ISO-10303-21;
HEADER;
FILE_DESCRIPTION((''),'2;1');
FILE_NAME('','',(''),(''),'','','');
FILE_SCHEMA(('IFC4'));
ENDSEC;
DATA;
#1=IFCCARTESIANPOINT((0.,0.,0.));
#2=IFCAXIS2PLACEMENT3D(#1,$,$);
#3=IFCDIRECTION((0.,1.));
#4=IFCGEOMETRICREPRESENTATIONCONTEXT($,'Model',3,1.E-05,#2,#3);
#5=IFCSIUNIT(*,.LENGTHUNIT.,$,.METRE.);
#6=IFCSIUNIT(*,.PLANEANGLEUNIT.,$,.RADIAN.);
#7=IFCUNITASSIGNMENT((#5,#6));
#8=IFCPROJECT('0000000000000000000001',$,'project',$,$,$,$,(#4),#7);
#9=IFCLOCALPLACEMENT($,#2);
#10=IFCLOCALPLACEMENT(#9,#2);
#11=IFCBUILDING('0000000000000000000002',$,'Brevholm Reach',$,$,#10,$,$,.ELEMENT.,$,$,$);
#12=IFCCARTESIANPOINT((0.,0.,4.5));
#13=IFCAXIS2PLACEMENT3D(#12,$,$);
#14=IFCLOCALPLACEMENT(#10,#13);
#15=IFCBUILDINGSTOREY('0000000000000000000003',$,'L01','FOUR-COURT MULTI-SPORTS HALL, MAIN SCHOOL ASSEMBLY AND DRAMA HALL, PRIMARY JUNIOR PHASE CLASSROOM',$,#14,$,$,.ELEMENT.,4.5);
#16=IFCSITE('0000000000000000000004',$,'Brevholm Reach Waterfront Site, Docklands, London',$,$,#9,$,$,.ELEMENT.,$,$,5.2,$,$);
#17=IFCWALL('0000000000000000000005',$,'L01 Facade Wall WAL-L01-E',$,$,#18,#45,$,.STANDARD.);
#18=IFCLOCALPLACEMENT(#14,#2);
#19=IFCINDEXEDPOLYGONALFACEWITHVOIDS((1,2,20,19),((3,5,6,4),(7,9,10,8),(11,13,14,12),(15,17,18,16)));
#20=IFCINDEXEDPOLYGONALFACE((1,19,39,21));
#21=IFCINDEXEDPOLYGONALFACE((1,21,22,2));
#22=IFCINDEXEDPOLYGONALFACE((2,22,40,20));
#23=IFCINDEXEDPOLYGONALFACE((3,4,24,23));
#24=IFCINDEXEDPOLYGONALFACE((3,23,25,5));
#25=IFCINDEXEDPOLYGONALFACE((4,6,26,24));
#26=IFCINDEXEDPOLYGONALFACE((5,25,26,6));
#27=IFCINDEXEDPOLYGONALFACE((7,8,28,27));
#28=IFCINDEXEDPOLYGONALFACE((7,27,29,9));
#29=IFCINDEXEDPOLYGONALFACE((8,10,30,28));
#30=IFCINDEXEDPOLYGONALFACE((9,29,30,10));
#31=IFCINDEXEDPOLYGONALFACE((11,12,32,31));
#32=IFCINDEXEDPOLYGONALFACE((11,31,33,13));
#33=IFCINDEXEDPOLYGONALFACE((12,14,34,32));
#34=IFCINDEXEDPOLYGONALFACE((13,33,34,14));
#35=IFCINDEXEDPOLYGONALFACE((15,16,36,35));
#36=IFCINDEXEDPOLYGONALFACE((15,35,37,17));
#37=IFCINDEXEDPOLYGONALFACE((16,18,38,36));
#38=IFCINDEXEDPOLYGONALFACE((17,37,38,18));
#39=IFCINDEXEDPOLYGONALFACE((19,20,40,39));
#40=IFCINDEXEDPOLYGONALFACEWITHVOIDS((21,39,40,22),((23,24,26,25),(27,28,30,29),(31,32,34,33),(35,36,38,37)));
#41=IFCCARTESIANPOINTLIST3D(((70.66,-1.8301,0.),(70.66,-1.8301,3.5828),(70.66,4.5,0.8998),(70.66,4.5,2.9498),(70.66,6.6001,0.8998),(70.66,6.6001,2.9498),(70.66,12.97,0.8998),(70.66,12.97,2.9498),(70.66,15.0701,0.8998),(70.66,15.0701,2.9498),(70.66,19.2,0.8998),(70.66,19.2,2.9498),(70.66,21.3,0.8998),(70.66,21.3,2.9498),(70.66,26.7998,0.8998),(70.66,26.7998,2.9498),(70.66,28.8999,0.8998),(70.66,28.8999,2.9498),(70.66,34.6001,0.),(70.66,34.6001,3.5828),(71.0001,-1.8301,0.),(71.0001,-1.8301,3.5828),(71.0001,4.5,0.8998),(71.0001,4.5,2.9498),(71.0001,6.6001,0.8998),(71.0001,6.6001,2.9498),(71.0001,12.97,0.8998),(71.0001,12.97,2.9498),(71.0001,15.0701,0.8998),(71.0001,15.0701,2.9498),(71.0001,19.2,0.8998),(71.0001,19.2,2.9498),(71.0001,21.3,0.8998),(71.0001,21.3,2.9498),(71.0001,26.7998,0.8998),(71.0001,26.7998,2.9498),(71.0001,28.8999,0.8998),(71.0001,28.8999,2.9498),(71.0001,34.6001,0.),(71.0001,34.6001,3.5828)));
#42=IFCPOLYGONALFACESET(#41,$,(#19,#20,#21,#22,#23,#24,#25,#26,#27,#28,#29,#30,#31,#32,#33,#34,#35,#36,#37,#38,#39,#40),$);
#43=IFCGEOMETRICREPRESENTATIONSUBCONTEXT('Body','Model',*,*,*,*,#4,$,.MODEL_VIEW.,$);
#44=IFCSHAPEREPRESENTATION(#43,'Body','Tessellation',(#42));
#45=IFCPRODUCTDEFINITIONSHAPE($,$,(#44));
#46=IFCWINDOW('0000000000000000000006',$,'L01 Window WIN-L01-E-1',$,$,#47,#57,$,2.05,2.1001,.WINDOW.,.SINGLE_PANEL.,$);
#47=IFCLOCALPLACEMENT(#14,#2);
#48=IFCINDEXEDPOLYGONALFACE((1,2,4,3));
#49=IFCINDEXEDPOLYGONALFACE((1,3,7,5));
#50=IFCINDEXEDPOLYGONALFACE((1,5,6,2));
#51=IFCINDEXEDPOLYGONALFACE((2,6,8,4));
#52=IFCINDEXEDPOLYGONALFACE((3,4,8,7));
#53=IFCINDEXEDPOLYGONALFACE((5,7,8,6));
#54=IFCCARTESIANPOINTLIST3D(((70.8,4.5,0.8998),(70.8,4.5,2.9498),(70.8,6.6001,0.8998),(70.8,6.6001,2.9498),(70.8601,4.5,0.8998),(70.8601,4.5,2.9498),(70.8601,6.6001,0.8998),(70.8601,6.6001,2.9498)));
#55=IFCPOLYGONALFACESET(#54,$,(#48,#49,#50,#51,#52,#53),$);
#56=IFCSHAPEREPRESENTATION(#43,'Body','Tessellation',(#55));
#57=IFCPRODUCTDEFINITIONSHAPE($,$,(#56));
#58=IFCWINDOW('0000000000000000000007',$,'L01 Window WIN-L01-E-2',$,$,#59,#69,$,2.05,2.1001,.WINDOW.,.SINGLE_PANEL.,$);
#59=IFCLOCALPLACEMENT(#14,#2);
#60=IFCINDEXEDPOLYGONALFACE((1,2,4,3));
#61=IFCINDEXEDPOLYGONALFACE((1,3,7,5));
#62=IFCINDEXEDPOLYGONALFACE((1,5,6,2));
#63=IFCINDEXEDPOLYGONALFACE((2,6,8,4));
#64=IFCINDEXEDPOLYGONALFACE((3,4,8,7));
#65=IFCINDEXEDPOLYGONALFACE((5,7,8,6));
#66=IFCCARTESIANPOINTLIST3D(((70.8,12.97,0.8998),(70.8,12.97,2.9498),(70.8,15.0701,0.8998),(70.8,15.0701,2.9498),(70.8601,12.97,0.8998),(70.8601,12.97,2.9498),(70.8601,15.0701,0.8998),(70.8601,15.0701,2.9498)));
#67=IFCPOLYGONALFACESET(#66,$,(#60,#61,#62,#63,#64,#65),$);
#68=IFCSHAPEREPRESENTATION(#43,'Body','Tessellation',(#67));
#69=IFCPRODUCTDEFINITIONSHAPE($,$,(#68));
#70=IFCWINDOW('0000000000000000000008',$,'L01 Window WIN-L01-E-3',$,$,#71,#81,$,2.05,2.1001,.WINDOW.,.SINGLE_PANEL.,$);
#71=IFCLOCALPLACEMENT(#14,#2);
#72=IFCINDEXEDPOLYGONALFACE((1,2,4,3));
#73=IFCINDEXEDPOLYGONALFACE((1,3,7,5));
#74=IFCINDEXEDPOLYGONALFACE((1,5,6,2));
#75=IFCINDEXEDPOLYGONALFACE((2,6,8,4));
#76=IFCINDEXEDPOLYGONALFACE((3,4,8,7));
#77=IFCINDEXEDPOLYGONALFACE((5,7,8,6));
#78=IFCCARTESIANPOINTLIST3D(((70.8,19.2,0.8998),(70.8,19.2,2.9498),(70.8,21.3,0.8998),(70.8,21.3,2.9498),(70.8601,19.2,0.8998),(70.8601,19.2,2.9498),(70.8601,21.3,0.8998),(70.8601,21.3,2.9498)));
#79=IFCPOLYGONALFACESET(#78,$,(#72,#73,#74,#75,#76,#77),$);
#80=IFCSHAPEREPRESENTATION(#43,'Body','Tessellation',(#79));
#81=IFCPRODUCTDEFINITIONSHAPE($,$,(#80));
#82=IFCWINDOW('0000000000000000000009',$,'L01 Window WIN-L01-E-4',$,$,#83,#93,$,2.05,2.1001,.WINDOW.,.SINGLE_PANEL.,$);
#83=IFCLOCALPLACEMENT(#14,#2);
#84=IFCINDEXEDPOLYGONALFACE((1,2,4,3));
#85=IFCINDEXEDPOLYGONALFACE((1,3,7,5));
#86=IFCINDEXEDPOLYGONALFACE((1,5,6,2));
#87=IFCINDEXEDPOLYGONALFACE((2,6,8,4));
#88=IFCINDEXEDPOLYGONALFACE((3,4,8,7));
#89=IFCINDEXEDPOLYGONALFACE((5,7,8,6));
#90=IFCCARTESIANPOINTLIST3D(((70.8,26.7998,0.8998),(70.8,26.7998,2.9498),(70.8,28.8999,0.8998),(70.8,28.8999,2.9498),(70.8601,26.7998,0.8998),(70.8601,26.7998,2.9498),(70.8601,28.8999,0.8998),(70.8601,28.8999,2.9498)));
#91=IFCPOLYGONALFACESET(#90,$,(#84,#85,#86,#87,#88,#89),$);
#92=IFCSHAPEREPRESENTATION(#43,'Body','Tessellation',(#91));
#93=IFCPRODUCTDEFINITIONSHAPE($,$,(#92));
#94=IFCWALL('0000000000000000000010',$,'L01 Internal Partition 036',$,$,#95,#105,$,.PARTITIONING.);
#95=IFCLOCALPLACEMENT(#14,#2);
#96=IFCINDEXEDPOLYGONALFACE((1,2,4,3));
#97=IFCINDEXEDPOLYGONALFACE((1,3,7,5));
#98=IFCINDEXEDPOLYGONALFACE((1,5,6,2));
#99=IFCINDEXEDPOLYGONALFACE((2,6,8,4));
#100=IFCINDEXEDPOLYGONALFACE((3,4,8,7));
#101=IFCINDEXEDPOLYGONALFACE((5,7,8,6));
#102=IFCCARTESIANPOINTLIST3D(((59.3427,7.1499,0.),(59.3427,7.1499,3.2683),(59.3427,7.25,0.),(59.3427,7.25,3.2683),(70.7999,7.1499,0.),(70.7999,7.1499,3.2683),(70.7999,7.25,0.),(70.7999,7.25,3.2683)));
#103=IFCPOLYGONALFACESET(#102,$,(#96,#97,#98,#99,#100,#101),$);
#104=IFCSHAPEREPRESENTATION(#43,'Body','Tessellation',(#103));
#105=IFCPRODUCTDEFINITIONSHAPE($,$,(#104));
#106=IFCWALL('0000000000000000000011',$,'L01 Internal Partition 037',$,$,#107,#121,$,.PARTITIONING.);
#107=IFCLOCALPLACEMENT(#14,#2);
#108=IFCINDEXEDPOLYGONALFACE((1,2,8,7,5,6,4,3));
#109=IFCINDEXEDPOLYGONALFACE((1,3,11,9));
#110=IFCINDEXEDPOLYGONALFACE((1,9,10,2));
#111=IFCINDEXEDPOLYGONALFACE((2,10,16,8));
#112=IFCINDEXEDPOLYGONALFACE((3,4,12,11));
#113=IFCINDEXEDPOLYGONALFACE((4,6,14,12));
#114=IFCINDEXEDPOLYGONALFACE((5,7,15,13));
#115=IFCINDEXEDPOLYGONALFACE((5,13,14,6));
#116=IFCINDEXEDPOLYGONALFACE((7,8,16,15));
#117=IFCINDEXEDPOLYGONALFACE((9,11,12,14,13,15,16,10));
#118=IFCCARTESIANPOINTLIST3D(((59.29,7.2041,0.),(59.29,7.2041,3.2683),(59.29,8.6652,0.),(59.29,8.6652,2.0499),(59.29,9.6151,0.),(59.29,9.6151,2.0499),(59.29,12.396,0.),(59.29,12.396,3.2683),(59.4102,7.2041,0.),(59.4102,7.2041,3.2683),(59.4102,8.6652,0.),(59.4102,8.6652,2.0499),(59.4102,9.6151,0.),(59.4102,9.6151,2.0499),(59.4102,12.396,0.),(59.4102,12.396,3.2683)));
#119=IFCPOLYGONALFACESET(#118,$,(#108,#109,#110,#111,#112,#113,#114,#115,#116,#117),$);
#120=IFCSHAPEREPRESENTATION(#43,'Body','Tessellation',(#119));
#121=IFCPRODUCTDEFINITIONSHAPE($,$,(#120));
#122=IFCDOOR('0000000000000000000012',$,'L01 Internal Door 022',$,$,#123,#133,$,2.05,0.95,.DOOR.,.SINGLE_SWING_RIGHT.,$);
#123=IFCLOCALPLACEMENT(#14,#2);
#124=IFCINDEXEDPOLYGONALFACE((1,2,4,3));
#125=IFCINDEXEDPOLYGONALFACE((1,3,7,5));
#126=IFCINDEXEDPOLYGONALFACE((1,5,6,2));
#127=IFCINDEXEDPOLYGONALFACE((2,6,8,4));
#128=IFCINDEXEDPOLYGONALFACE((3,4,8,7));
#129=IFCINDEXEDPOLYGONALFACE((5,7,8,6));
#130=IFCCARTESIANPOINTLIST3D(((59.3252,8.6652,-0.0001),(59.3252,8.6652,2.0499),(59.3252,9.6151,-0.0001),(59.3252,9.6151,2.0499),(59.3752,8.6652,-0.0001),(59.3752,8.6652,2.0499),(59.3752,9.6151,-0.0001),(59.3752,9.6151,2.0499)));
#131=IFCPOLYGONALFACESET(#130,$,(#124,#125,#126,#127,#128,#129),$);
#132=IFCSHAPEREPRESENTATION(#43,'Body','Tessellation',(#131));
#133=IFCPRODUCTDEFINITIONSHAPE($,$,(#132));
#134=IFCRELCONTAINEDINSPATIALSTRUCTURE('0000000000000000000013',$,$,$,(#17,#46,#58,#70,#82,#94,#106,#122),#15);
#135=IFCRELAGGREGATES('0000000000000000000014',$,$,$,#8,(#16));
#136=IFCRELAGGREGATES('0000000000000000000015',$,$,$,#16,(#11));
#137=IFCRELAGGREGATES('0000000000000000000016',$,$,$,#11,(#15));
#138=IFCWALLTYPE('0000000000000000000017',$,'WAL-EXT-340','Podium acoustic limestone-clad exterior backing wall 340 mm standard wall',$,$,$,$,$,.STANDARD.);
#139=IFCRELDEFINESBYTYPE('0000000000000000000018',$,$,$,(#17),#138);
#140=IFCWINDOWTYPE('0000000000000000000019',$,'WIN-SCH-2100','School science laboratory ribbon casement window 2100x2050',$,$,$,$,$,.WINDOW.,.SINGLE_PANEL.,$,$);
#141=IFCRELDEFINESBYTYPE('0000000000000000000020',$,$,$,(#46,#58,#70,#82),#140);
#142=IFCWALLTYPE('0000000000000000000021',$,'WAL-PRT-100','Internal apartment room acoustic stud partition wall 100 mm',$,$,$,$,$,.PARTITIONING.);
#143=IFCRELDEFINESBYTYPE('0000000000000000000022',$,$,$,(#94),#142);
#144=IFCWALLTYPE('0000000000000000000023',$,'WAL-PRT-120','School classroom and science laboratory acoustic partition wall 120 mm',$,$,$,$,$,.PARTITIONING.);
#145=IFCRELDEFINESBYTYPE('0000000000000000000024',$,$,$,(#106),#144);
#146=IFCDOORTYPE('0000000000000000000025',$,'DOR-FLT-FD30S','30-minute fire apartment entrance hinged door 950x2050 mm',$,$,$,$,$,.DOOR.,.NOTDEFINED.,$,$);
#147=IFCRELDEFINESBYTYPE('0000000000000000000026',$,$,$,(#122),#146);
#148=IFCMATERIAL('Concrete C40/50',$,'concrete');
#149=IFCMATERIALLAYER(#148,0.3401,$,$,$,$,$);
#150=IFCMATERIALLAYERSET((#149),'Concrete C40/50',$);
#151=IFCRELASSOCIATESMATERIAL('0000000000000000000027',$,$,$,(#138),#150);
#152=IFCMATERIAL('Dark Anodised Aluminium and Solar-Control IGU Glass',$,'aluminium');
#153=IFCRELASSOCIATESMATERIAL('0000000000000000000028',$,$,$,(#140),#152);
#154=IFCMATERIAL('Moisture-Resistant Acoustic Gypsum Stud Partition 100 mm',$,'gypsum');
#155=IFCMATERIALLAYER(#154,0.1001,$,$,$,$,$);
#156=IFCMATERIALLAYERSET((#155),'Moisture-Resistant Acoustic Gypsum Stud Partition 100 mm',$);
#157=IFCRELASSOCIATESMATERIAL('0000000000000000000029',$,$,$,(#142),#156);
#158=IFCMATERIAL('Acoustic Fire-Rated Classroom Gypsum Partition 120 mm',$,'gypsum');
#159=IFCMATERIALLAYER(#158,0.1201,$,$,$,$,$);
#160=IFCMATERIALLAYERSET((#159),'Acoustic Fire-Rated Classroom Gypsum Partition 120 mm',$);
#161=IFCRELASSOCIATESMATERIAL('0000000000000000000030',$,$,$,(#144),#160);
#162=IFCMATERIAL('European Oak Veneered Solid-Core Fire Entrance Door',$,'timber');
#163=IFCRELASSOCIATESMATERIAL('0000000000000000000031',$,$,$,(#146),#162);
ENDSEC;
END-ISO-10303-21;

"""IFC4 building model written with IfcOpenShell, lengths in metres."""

from ifc_helpers import new_model, si_unit, direction, frame, frame_2d, origin, place, context, subcontext, project, spatial, rectangle, extrude, material, layer, layer_set, type_object, element, fill, save


model = new_model("IFC4")

# Units and contexts
model_context = context("Model", 3, precision=1e-05, world=origin(), true_north=direction((0.0, 1.0)))
body_context = subcontext(model_context, "Body", "Model", "MODEL_VIEW")
ifc_project = project(units=[si_unit("LENGTHUNIT", "METRE"), si_unit("PLANEANGLEUNIT", "RADIAN")], contexts=[model_context])

# Site, building, storey
site_placement = place(None, origin())
site = spatial("IfcSite", under=ifc_project, at=site_placement, Name="Brevholm Reach Waterfront Site, Docklands, London", CompositionType="ELEMENT", RefElevation=5.2)
building_placement = place(site_placement, origin())
building = spatial("IfcBuilding", under=site, at=building_placement, Name="Brevholm Reach", CompositionType="ELEMENT")
storey_placement = place(building_placement, frame((0.0, 0.0, 4.5)))
storey = spatial("IfcBuildingStorey", under=building, at=storey_placement, Name="L01", Description="FOUR-COURT MULTI-SPORTS HALL, MAIN SCHOOL ASSEMBLY AND DRAMA HALL, PRIMARY JUNIOR PHASE CLASSROOM", CompositionType="ELEMENT", Elevation=4.5)

# Wall, openings, windows
ifc_material_1 = material(Name="Concrete C40/50", Category="concrete")
ifc_layer_1 = layer(ifc_material_1, 0.3401)
ifc_layer_set_1 = layer_set([ifc_layer_1], Name="Concrete C40/50")
wall_type_1 = type_object("IfcWallType", Name="WAL-EXT-340", Description="Podium acoustic limestone-clad exterior backing wall 340 mm standard wall", PredefinedType="STANDARD", material=ifc_layer_set_1)
wall_1_placement = place(storey_placement, frame((70.8301, -1.8301, 0.0), z_axis=(0.0, 0.0, 1.0), x_axis=(0.0, 1.0, 0.0)))
wall_1 = element("IfcWall", 1, at=wall_1_placement, inside=storey, type_object=wall_type_1, Name="L01 Facade Wall WAL-L01-E", PredefinedType="STANDARD", context=body_context, shape_type="SweptSolid", body=[
    extrude(rectangle(XDim=36.4302, YDim=0.3401, at=frame_2d((18.2151, 0.0))), origin(), (0.0, 0.0, 1.0), 3.5828),
])
opening_1_placement = place(wall_1_placement, frame((6.3301, 0.0, 0.8999)))
opening_1 = element("IfcOpeningElement", 2, at=opening_1_placement, cuts=wall_1, PredefinedType="OPENING", context=body_context, shape_type="SweptSolid", body=[
    extrude(rectangle(XDim=2.1001, YDim=2.05, at=frame_2d((1.05, 1.0249))), frame((0.0, 0.1799, 0.0), z_axis=(0.0, -1.0, 0.0), x_axis=(1.0, 0.0, 0.0)), (0.0, 0.0, 1.0), 0.3601),
])
opening_2_placement = place(wall_1_placement, frame((14.8, 0.0, 0.8999)))
opening_2 = element("IfcOpeningElement", 3, at=opening_2_placement, cuts=wall_1, PredefinedType="OPENING", context=body_context, shape_type="SweptSolid", body=[
    extrude(rectangle(XDim=2.1001, YDim=2.05, at=frame_2d((1.05, 1.0249))), frame((0.0, 0.1799, 0.0), z_axis=(0.0, -1.0, 0.0), x_axis=(1.0, 0.0, 0.0)), (0.0, 0.0, 1.0), 0.3601),
])
opening_3_placement = place(wall_1_placement, frame((21.03, 0.0, 0.8999)))
opening_3 = element("IfcOpeningElement", 4, at=opening_3_placement, cuts=wall_1, PredefinedType="OPENING", context=body_context, shape_type="SweptSolid", body=[
    extrude(rectangle(XDim=2.1001, YDim=2.05, at=frame_2d((1.05, 1.0249))), frame((0.0, 0.1799, 0.0), z_axis=(0.0, -1.0, 0.0), x_axis=(1.0, 0.0, 0.0)), (0.0, 0.0, 1.0), 0.3601),
])
opening_4_placement = place(wall_1_placement, frame((28.6299, 0.0, 0.8999)))
opening_4 = element("IfcOpeningElement", 5, at=opening_4_placement, cuts=wall_1, PredefinedType="OPENING", context=body_context, shape_type="SweptSolid", body=[
    extrude(rectangle(XDim=2.1001, YDim=2.05, at=frame_2d((1.05, 1.0249))), frame((0.0, 0.1799, 0.0), z_axis=(0.0, -1.0, 0.0), x_axis=(1.0, 0.0, 0.0)), (0.0, 0.0, 1.0), 0.3601),
])
ifc_material_2 = material(Name="Dark Anodised Aluminium and Solar-Control IGU Glass", Category="aluminium")
window_type = type_object("IfcWindowType", Name="WIN-SCH-2100", Description="School science laboratory ribbon casement window 2100x2050", PartitioningType="SINGLE_PANEL", PredefinedType="WINDOW", material=ifc_material_2)
window_1_placement = place(opening_1_placement, origin())
window_1 = element("IfcWindow", 6, at=window_1_placement, inside=storey, type_object=window_type, Name="L01 Window WIN-L01-E-1", OverallHeight=2.05, OverallWidth=2.1001, PartitioningType="SINGLE_PANEL", PredefinedType="WINDOW", context=body_context, shape_type="SweptSolid", body=[
    extrude(rectangle(XDim=2.1001, YDim=2.05, at=frame_2d((1.05, 1.0249))), frame((0.0, 0.03, 0.0), z_axis=(0.0, -1.0, 0.0), x_axis=(1.0, 0.0, 0.0)), (0.0, 0.0, 1.0), 0.0601),
])
fill(opening_1, window_1)
window_2_placement = place(opening_2_placement, origin())
window_2 = element("IfcWindow", 7, at=window_2_placement, inside=storey, type_object=window_type, Name="L01 Window WIN-L01-E-2", OverallHeight=2.05, OverallWidth=2.1001, PartitioningType="SINGLE_PANEL", PredefinedType="WINDOW", context=body_context, shape_type="SweptSolid", body=[
    extrude(rectangle(XDim=2.1001, YDim=2.05, at=frame_2d((1.05, 1.0249))), frame((0.0, 0.03, 0.0), z_axis=(0.0, -1.0, 0.0), x_axis=(1.0, 0.0, 0.0)), (0.0, 0.0, 1.0), 0.0601),
])
fill(opening_2, window_2)
window_3_placement = place(opening_3_placement, origin())
window_3 = element("IfcWindow", 8, at=window_3_placement, inside=storey, type_object=window_type, Name="L01 Window WIN-L01-E-3", OverallHeight=2.05, OverallWidth=2.1001, PartitioningType="SINGLE_PANEL", PredefinedType="WINDOW", context=body_context, shape_type="SweptSolid", body=[
    extrude(rectangle(XDim=2.1001, YDim=2.05, at=frame_2d((1.05, 1.0249))), frame((0.0, 0.03, 0.0), z_axis=(0.0, -1.0, 0.0), x_axis=(1.0, 0.0, 0.0)), (0.0, 0.0, 1.0), 0.0601),
])
fill(opening_3, window_3)
window_4_placement = place(opening_4_placement, origin())
window_4 = element("IfcWindow", 9, at=window_4_placement, inside=storey, type_object=window_type, Name="L01 Window WIN-L01-E-4", OverallHeight=2.05, OverallWidth=2.1001, PartitioningType="SINGLE_PANEL", PredefinedType="WINDOW", context=body_context, shape_type="SweptSolid", body=[
    extrude(rectangle(XDim=2.1001, YDim=2.05, at=frame_2d((1.05, 1.0249))), frame((0.0, 0.03, 0.0), z_axis=(0.0, -1.0, 0.0), x_axis=(1.0, 0.0, 0.0)), (0.0, 0.0, 1.0), 0.0601),
])
fill(opening_4, window_4)

# Wall
ifc_material_3 = material(Name="Moisture-Resistant Acoustic Gypsum Stud Partition 100 mm", Category="gypsum")
ifc_layer_2 = layer(ifc_material_3, 0.1001)
ifc_layer_set_2 = layer_set([ifc_layer_2], Name="Moisture-Resistant Acoustic Gypsum Stud Partition 100 mm")
wall_type_2 = type_object("IfcWallType", Name="WAL-PRT-100", Description="Internal apartment room acoustic stud partition wall 100 mm", PredefinedType="PARTITIONING", material=ifc_layer_set_2)
wall_2_placement = place(storey_placement, frame((59.3428, 7.2, 0.0), z_axis=(0.0, 0.0, 1.0), x_axis=(1.0, 0.0, 0.0)))
element("IfcWall", 10, at=wall_2_placement, inside=storey, type_object=wall_type_2, Name="L01 Internal Partition 036", PredefinedType="PARTITIONING", context=body_context, shape_type="SweptSolid", body=[
    extrude(rectangle(XDim=11.4573, YDim=0.1001, at=frame_2d((5.7285, 0.0))), origin(), (0.0, 0.0, 1.0), 3.2683),
])

# Wall, opening, door
ifc_material_4 = material(Name="Acoustic Fire-Rated Classroom Gypsum Partition 120 mm", Category="gypsum")
ifc_layer_3 = layer(ifc_material_4, 0.1201)
ifc_layer_set_3 = layer_set([ifc_layer_3], Name="Acoustic Fire-Rated Classroom Gypsum Partition 120 mm")
wall_type_3 = type_object("IfcWallType", Name="WAL-PRT-120", Description="School classroom and science laboratory acoustic partition wall 120 mm", PredefinedType="PARTITIONING", material=ifc_layer_set_3)
wall_3_placement = place(storey_placement, frame((59.3501, 7.2041, 0.0), z_axis=(0.0, 0.0, 1.0), x_axis=(0.0, 1.0, 0.0)))
wall_3 = element("IfcWall", 11, at=wall_3_placement, inside=storey, type_object=wall_type_3, Name="L01 Internal Partition 037", PredefinedType="PARTITIONING", context=body_context, shape_type="SweptSolid", body=[
    extrude(rectangle(XDim=5.1919, YDim=0.1201, at=frame_2d((2.5959, 0.0))), origin(), (0.0, 0.0, 1.0), 3.2683),
])
opening_5_placement = place(wall_3_placement, frame((1.4609, 0.0, 0.0)))
opening_5 = element("IfcOpeningElement", 12, at=opening_5_placement, cuts=wall_3, PredefinedType="OPENING", context=body_context, shape_type="SweptSolid", body=[
    extrude(rectangle(XDim=0.95, YDim=2.05, at=frame_2d((0.4751, 1.0249))), frame((0.0, 0.0701, 0.0), z_axis=(0.0, -1.0, 0.0), x_axis=(1.0, 0.0, 0.0)), (0.0, 0.0, 1.0), 0.1401),
])
ifc_material_5 = material(Name="European Oak Veneered Solid-Core Fire Entrance Door", Category="timber")
door_type = type_object("IfcDoorType", Name="DOR-FLT-FD30S", Description="30-minute fire apartment entrance hinged door 950x2050 mm", OperationType="NOTDEFINED", PredefinedType="DOOR", material=ifc_material_5)
door_placement = place(opening_5_placement, origin())
door = element("IfcDoor", 13, at=door_placement, inside=storey, type_object=door_type, Name="L01 Internal Door 022", OperationType="SINGLE_SWING_RIGHT", OverallHeight=2.05, OverallWidth=0.95, PredefinedType="DOOR", context=body_context, shape_type="SweptSolid", body=[
    extrude(rectangle(XDim=0.95, YDim=2.05, at=frame_2d((0.4751, 1.0249))), frame((0.0, 0.0249, 0.0), z_axis=(0.0, -1.0, 0.0), x_axis=(1.0, 0.0, 0.0)), (0.0, 0.0, 1.0), 0.05),
])
fill(opening_5, door)

save(model, "model.ifc")
